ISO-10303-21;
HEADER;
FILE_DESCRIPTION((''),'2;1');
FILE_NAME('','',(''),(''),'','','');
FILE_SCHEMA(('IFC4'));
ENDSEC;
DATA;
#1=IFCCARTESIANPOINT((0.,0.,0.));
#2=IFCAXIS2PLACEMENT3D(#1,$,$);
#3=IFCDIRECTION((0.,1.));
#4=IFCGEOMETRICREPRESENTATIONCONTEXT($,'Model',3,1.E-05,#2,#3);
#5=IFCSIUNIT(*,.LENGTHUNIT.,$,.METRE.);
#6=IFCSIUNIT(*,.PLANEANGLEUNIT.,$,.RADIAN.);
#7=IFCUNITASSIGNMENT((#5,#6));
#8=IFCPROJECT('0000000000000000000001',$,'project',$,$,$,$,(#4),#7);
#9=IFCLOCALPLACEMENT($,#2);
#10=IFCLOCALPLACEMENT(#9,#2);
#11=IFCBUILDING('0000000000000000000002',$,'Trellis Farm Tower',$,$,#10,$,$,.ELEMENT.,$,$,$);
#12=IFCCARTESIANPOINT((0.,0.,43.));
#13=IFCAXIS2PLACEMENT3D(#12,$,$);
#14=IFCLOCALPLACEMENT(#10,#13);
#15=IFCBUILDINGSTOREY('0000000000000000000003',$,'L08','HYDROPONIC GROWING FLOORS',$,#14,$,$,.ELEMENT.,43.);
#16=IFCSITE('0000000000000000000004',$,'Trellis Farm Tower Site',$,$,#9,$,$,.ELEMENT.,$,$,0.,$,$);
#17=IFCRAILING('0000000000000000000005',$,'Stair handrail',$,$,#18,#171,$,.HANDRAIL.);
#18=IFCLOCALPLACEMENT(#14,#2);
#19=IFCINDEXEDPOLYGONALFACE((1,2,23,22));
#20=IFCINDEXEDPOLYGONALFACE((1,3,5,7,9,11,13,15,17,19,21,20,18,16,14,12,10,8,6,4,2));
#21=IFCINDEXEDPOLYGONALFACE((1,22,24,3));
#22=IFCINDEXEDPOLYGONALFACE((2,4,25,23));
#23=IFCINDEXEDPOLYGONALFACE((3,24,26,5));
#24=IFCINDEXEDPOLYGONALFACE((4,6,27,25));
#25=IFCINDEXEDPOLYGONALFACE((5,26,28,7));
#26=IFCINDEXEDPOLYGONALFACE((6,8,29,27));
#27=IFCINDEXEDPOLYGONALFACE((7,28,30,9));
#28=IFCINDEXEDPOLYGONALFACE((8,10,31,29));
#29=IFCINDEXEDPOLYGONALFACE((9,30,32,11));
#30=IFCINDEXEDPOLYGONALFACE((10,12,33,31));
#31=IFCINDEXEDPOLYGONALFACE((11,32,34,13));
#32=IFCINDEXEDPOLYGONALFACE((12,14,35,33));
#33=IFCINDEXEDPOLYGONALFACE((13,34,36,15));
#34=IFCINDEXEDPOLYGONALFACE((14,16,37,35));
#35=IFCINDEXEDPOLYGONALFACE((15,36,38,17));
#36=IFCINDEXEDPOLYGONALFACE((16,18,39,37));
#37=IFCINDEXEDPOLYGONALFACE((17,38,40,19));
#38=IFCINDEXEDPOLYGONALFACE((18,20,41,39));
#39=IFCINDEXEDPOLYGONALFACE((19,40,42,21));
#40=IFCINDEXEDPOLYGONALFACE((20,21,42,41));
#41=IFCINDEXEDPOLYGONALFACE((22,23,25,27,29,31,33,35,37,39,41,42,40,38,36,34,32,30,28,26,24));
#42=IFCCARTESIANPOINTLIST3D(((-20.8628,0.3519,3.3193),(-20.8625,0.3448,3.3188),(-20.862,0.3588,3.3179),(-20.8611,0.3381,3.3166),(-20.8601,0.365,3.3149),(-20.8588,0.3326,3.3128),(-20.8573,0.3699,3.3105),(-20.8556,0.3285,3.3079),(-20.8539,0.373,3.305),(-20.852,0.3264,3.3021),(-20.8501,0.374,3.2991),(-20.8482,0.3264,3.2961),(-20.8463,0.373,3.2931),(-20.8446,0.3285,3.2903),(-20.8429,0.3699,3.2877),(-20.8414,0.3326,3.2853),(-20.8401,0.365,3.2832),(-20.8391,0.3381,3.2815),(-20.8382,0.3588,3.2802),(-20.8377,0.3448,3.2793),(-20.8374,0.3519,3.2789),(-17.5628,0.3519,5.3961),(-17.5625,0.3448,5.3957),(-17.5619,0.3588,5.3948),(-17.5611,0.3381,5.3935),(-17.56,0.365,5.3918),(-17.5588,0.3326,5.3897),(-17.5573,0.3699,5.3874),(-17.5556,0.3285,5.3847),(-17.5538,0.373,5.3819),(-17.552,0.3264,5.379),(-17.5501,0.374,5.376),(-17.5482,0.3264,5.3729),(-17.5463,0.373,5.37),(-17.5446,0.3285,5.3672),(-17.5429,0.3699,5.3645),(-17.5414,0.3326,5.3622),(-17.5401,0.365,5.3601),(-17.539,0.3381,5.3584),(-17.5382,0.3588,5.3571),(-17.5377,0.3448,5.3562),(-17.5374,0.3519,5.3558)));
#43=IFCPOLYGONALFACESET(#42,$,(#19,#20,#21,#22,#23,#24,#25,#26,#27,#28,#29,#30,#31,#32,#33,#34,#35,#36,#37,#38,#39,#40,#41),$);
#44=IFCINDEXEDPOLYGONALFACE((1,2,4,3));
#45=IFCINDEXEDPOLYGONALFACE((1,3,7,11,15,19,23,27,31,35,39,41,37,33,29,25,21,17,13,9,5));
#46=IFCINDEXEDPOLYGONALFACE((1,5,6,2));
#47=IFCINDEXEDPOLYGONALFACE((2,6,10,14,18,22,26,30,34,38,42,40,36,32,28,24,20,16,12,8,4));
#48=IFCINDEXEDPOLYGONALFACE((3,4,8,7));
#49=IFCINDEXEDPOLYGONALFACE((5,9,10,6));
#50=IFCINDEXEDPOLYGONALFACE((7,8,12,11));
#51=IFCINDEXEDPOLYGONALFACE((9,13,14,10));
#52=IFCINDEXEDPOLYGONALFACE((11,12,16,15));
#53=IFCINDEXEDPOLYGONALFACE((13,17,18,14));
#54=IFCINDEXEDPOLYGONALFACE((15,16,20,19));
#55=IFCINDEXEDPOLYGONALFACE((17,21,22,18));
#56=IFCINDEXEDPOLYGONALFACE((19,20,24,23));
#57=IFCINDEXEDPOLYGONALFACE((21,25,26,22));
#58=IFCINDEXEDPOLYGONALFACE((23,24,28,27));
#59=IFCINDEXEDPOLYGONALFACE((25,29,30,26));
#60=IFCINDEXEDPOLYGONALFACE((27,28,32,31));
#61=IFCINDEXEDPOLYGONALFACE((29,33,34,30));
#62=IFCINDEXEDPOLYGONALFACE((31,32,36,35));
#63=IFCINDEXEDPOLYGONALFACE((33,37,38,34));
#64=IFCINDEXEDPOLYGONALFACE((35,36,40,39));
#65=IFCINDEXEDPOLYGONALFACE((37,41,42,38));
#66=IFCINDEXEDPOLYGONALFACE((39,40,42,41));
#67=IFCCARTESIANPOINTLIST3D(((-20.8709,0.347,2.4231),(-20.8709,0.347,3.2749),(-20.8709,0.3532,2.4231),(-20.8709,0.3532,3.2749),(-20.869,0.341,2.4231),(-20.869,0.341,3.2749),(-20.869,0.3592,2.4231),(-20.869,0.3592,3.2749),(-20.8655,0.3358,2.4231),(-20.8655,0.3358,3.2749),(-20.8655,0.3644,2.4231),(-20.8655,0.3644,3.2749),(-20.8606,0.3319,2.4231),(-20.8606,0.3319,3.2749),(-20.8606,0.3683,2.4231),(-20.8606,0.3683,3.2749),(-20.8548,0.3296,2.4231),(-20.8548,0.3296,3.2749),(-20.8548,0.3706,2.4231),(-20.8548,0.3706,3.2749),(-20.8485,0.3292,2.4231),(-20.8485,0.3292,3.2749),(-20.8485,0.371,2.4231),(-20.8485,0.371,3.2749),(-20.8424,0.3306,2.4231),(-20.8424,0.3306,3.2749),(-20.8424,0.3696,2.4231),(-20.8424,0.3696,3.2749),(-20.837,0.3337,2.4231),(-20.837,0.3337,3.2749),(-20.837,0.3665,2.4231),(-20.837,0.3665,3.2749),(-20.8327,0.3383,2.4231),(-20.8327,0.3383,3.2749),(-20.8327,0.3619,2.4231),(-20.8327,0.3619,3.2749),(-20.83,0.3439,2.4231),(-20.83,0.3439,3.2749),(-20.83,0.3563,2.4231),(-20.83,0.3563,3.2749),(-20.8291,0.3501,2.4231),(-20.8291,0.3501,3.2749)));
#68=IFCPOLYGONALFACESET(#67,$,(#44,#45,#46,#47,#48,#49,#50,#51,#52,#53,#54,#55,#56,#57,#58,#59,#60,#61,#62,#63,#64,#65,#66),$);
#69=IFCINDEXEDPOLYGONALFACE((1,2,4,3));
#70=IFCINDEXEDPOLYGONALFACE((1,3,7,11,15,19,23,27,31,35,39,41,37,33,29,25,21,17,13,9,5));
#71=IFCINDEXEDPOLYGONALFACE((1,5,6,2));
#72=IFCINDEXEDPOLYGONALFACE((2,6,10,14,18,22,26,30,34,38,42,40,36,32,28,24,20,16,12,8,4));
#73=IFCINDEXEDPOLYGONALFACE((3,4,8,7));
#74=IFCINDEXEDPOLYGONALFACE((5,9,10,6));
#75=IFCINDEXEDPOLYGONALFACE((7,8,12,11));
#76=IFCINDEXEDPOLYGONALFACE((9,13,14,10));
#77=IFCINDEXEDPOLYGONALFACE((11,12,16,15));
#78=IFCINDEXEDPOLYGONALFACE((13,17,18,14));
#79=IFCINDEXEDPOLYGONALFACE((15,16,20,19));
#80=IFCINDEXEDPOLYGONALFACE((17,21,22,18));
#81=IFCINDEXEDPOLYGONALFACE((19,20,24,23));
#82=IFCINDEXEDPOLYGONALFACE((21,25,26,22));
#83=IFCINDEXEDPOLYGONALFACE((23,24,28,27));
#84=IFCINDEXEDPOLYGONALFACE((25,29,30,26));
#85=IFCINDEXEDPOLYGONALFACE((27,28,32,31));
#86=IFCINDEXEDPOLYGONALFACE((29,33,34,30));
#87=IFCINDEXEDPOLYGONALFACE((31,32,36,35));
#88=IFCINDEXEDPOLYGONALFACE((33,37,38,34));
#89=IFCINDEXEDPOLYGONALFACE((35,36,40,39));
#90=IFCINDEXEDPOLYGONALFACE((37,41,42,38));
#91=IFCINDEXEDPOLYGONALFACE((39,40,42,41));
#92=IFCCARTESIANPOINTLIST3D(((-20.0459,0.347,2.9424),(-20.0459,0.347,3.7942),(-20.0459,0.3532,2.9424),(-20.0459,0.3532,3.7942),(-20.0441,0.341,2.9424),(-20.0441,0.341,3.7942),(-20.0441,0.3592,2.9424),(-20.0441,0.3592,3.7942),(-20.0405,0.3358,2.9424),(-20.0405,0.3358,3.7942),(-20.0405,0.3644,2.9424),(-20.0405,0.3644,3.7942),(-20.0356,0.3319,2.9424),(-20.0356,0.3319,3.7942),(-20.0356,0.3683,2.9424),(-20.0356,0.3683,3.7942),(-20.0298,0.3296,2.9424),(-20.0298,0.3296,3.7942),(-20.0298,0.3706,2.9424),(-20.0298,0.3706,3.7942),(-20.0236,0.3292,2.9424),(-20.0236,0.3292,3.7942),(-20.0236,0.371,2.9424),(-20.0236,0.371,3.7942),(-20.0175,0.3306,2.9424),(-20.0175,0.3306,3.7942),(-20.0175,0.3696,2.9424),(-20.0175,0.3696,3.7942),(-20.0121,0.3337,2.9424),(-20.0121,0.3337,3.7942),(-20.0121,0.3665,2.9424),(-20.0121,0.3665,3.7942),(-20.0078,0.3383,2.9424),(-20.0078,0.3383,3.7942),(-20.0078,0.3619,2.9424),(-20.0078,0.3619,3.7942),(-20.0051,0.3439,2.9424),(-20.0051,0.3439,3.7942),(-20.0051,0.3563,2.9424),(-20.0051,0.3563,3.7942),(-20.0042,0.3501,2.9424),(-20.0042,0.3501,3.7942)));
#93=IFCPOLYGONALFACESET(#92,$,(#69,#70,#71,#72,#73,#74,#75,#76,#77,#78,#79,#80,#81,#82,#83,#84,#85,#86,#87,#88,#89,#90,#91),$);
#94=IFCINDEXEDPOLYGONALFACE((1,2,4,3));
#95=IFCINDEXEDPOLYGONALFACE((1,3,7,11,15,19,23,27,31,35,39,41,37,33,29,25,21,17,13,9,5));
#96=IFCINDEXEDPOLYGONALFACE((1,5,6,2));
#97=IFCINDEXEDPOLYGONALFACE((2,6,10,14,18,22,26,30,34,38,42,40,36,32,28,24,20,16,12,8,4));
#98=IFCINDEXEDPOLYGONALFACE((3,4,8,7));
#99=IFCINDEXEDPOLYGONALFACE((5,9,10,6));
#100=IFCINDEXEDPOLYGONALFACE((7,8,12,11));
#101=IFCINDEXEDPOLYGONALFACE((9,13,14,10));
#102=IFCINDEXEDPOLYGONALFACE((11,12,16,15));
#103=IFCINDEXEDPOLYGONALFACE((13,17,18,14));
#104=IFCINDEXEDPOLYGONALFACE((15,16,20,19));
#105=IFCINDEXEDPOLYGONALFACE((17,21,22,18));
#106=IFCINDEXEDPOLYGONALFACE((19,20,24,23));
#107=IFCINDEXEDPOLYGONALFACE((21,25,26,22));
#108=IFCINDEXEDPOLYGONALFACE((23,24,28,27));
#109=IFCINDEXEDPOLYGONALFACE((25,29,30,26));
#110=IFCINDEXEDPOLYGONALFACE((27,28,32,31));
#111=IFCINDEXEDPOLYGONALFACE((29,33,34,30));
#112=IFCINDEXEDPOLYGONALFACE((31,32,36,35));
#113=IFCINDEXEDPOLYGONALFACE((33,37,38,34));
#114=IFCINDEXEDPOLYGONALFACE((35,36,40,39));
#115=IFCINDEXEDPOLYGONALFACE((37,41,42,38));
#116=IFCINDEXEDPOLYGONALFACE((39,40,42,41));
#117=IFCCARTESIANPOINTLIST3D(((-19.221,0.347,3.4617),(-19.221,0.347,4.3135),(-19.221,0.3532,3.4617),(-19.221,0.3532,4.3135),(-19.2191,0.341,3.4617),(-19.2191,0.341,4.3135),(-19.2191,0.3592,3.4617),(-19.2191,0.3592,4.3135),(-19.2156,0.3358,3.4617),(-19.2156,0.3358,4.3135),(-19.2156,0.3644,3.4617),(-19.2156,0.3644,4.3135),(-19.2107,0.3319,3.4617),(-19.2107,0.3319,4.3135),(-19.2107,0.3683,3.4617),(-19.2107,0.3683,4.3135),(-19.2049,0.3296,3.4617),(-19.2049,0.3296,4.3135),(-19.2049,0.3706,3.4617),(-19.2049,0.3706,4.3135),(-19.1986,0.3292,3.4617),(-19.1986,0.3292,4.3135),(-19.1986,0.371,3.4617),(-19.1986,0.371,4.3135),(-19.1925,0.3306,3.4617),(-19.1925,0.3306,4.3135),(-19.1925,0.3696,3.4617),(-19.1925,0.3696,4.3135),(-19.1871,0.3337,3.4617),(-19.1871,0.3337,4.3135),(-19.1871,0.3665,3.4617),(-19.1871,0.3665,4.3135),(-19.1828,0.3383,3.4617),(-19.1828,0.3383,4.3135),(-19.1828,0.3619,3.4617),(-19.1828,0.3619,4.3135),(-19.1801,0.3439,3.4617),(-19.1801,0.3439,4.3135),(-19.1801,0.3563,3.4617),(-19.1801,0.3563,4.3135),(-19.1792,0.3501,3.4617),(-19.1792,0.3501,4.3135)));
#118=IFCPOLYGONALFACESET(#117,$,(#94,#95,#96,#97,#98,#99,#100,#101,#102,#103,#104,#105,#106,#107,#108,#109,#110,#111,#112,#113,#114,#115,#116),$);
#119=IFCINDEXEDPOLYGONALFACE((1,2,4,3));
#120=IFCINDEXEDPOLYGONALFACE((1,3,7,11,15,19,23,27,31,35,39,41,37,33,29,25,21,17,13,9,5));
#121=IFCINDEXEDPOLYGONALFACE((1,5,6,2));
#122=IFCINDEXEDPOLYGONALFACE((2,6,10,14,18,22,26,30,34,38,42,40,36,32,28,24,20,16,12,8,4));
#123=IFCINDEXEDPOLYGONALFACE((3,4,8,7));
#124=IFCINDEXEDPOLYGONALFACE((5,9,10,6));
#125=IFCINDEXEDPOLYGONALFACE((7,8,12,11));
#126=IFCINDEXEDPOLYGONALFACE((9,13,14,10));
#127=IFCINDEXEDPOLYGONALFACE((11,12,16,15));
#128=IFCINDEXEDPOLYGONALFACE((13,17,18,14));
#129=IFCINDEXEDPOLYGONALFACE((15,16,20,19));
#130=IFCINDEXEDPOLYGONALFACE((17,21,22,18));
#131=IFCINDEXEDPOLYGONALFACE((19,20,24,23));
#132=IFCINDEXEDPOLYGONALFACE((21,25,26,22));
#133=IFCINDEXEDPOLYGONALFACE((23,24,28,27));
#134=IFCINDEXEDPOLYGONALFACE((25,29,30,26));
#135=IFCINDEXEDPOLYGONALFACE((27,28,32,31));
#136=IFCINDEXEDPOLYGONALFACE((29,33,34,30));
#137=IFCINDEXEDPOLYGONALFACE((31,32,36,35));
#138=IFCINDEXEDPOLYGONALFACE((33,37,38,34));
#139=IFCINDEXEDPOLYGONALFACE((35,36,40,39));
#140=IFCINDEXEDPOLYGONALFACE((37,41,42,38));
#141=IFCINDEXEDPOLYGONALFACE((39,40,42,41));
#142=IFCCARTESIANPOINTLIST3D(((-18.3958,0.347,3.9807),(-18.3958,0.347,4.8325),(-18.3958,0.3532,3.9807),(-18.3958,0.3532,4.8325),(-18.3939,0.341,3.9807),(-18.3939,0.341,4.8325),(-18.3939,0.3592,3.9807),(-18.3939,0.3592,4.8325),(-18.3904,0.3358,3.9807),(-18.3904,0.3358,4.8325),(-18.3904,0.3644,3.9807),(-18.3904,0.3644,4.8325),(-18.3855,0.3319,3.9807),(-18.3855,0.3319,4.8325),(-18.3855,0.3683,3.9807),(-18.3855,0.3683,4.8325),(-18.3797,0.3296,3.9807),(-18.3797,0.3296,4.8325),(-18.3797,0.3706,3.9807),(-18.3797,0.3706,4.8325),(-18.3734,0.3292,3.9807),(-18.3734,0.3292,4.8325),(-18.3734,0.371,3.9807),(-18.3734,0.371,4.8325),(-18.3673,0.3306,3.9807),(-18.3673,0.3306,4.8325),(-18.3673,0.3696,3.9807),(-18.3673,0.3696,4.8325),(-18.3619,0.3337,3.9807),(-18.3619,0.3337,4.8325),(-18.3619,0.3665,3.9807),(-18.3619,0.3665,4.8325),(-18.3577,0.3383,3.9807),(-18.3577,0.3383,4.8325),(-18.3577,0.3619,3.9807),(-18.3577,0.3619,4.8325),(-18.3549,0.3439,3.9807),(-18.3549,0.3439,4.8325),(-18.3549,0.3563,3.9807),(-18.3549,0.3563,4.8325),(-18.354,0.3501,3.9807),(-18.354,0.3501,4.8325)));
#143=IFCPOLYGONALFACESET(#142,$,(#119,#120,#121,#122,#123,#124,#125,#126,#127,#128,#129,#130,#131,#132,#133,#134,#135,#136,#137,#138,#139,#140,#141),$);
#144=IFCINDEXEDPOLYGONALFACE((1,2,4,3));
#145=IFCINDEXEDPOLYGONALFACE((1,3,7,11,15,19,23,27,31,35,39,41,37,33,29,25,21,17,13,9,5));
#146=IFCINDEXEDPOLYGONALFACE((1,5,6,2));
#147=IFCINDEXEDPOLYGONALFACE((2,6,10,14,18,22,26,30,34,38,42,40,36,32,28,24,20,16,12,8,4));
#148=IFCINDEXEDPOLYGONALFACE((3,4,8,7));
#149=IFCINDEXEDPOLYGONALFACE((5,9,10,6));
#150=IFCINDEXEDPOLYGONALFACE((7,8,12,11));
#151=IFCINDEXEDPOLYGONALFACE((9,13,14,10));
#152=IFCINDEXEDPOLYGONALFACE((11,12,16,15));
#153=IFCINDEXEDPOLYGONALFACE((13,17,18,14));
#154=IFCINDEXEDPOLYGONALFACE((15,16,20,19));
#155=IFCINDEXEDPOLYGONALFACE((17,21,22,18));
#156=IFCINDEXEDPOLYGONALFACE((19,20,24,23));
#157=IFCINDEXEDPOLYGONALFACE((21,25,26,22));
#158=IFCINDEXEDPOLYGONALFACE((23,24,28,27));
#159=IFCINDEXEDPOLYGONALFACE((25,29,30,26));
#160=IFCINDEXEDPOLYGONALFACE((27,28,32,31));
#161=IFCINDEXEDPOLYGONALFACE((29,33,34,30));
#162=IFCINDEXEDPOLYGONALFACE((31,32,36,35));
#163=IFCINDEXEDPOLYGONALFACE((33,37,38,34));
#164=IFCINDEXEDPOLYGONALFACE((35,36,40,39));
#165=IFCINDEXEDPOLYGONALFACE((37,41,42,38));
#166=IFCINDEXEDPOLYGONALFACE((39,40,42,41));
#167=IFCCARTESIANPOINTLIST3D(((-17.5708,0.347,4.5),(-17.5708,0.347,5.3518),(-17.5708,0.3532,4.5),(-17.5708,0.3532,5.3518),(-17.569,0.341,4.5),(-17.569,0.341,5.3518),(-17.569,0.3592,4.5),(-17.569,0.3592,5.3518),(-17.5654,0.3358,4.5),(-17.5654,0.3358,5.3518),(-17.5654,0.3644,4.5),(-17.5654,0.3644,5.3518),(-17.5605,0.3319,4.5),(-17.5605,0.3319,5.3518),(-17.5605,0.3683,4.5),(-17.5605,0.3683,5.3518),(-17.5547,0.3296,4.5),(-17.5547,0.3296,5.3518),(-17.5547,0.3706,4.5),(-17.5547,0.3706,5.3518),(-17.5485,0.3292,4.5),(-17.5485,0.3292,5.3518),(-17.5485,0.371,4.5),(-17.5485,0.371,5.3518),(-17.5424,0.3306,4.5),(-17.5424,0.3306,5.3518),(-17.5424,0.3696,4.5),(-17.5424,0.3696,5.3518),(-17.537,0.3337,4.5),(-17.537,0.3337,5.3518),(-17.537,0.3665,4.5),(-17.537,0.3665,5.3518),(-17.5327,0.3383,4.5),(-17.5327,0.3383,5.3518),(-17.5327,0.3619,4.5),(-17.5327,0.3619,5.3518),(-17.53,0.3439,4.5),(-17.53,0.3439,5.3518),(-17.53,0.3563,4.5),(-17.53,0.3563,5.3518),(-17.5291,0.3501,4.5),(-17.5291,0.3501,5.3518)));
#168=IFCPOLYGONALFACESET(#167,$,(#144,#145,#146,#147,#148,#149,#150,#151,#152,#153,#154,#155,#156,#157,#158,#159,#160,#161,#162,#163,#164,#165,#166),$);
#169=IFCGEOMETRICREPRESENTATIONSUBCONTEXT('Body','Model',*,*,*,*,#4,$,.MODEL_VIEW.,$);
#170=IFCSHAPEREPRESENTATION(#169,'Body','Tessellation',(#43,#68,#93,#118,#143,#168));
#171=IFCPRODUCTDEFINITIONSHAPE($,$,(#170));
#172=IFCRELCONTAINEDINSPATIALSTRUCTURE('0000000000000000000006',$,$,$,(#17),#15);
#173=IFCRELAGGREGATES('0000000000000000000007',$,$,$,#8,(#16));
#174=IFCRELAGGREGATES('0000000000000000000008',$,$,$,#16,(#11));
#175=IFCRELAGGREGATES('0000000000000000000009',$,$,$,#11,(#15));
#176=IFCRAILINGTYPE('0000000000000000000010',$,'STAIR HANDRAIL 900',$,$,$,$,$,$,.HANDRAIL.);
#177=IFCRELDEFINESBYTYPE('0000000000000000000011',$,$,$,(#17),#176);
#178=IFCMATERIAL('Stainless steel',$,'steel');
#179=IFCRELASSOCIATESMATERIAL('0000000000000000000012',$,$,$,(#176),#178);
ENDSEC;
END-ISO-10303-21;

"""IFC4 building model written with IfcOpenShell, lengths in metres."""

from ifc_helpers import new_model, si_unit, direction, frame, origin, origin_2d, place, context, subcontext, project, spatial, circle, extrude, source, transform, mapped, material, type_object, element, save


model = new_model("IFC4")

# Units and contexts
model_context = context("Model", 3, precision=1e-05, world=origin(), true_north=direction((0.0, 1.0)))
body_context = subcontext(model_context, "Body", "Model", "MODEL_VIEW")
ifc_project = project(units=[si_unit("LENGTHUNIT", "METRE"), si_unit("PLANEANGLEUNIT", "RADIAN")], contexts=[model_context])

# Site, building, storey
site_placement = place(None, origin())
site = spatial("IfcSite", under=ifc_project, at=site_placement, Name="Trellis Farm Tower Site", CompositionType="ELEMENT", RefElevation=0.0)
building_placement = place(site_placement, origin())
building = spatial("IfcBuilding", under=site, at=building_placement, Name="Trellis Farm Tower", CompositionType="ELEMENT")
storey_placement = place(building_placement, frame((0.0, 0.0, 43.0)))
storey = spatial("IfcBuildingStorey", under=building, at=storey_placement, Name="L08", Description="HYDROPONIC GROWING FLOORS", CompositionType="ELEMENT", Elevation=43.0)

# Shared definitions
ifc_material_1 = material(Name="Stainless steel", Category="steel")

# Railing
railing_type = type_object("IfcRailingType", Name="STAIR HANDRAIL 900", PredefinedType="HANDRAIL", material=ifc_material_1)
shared_shape_1 = source(origin(), body_context, "Body", "SweptSolid", [
    extrude(circle(Radius=0.0239, at=origin_2d()), frame((0.0, 0.0, 0.876), z_axis=(0.846337, 0.0, 0.532647), x_axis=(0.0, 1.0, 0.0)), (0.0, 0.0, 1.0), 3.8992),
    extrude(circle(Radius=0.021, at=origin_2d()), origin(), (0.0, 0.0, 1.0), 0.8518),
    extrude(circle(Radius=0.021, at=origin_2d()), frame((0.825, 0.0, 0.5193)), (0.0, 0.0, 1.0), 0.8518),
    extrude(circle(Radius=0.021, at=origin_2d()), frame((1.6499, 0.0, 1.0386)), (0.0, 0.0, 1.0), 0.8518),
    extrude(circle(Radius=0.021, at=origin_2d()), frame((2.4751, 0.0, 1.5576)), (0.0, 0.0, 1.0), 0.8518),
    extrude(circle(Radius=0.021, at=origin_2d()), frame((3.3, 0.0, 2.0769)), (0.0, 0.0, 1.0), 0.8518),
])
for number, where, name in (
    (1, (-20.8501, 0.3501, 2.4231), "Stair handrail"),
):
    element("IfcRailing", number, at=place(storey_placement, frame(where)), inside=storey, type_object=railing_type, Name=name, PredefinedType="HANDRAIL", context=body_context, shape_type="MappedRepresentation", body=[
        mapped(shared_shape_1, transform((0.0, 0.0, 0.0))),
    ])

save(model, "model.ifc")
